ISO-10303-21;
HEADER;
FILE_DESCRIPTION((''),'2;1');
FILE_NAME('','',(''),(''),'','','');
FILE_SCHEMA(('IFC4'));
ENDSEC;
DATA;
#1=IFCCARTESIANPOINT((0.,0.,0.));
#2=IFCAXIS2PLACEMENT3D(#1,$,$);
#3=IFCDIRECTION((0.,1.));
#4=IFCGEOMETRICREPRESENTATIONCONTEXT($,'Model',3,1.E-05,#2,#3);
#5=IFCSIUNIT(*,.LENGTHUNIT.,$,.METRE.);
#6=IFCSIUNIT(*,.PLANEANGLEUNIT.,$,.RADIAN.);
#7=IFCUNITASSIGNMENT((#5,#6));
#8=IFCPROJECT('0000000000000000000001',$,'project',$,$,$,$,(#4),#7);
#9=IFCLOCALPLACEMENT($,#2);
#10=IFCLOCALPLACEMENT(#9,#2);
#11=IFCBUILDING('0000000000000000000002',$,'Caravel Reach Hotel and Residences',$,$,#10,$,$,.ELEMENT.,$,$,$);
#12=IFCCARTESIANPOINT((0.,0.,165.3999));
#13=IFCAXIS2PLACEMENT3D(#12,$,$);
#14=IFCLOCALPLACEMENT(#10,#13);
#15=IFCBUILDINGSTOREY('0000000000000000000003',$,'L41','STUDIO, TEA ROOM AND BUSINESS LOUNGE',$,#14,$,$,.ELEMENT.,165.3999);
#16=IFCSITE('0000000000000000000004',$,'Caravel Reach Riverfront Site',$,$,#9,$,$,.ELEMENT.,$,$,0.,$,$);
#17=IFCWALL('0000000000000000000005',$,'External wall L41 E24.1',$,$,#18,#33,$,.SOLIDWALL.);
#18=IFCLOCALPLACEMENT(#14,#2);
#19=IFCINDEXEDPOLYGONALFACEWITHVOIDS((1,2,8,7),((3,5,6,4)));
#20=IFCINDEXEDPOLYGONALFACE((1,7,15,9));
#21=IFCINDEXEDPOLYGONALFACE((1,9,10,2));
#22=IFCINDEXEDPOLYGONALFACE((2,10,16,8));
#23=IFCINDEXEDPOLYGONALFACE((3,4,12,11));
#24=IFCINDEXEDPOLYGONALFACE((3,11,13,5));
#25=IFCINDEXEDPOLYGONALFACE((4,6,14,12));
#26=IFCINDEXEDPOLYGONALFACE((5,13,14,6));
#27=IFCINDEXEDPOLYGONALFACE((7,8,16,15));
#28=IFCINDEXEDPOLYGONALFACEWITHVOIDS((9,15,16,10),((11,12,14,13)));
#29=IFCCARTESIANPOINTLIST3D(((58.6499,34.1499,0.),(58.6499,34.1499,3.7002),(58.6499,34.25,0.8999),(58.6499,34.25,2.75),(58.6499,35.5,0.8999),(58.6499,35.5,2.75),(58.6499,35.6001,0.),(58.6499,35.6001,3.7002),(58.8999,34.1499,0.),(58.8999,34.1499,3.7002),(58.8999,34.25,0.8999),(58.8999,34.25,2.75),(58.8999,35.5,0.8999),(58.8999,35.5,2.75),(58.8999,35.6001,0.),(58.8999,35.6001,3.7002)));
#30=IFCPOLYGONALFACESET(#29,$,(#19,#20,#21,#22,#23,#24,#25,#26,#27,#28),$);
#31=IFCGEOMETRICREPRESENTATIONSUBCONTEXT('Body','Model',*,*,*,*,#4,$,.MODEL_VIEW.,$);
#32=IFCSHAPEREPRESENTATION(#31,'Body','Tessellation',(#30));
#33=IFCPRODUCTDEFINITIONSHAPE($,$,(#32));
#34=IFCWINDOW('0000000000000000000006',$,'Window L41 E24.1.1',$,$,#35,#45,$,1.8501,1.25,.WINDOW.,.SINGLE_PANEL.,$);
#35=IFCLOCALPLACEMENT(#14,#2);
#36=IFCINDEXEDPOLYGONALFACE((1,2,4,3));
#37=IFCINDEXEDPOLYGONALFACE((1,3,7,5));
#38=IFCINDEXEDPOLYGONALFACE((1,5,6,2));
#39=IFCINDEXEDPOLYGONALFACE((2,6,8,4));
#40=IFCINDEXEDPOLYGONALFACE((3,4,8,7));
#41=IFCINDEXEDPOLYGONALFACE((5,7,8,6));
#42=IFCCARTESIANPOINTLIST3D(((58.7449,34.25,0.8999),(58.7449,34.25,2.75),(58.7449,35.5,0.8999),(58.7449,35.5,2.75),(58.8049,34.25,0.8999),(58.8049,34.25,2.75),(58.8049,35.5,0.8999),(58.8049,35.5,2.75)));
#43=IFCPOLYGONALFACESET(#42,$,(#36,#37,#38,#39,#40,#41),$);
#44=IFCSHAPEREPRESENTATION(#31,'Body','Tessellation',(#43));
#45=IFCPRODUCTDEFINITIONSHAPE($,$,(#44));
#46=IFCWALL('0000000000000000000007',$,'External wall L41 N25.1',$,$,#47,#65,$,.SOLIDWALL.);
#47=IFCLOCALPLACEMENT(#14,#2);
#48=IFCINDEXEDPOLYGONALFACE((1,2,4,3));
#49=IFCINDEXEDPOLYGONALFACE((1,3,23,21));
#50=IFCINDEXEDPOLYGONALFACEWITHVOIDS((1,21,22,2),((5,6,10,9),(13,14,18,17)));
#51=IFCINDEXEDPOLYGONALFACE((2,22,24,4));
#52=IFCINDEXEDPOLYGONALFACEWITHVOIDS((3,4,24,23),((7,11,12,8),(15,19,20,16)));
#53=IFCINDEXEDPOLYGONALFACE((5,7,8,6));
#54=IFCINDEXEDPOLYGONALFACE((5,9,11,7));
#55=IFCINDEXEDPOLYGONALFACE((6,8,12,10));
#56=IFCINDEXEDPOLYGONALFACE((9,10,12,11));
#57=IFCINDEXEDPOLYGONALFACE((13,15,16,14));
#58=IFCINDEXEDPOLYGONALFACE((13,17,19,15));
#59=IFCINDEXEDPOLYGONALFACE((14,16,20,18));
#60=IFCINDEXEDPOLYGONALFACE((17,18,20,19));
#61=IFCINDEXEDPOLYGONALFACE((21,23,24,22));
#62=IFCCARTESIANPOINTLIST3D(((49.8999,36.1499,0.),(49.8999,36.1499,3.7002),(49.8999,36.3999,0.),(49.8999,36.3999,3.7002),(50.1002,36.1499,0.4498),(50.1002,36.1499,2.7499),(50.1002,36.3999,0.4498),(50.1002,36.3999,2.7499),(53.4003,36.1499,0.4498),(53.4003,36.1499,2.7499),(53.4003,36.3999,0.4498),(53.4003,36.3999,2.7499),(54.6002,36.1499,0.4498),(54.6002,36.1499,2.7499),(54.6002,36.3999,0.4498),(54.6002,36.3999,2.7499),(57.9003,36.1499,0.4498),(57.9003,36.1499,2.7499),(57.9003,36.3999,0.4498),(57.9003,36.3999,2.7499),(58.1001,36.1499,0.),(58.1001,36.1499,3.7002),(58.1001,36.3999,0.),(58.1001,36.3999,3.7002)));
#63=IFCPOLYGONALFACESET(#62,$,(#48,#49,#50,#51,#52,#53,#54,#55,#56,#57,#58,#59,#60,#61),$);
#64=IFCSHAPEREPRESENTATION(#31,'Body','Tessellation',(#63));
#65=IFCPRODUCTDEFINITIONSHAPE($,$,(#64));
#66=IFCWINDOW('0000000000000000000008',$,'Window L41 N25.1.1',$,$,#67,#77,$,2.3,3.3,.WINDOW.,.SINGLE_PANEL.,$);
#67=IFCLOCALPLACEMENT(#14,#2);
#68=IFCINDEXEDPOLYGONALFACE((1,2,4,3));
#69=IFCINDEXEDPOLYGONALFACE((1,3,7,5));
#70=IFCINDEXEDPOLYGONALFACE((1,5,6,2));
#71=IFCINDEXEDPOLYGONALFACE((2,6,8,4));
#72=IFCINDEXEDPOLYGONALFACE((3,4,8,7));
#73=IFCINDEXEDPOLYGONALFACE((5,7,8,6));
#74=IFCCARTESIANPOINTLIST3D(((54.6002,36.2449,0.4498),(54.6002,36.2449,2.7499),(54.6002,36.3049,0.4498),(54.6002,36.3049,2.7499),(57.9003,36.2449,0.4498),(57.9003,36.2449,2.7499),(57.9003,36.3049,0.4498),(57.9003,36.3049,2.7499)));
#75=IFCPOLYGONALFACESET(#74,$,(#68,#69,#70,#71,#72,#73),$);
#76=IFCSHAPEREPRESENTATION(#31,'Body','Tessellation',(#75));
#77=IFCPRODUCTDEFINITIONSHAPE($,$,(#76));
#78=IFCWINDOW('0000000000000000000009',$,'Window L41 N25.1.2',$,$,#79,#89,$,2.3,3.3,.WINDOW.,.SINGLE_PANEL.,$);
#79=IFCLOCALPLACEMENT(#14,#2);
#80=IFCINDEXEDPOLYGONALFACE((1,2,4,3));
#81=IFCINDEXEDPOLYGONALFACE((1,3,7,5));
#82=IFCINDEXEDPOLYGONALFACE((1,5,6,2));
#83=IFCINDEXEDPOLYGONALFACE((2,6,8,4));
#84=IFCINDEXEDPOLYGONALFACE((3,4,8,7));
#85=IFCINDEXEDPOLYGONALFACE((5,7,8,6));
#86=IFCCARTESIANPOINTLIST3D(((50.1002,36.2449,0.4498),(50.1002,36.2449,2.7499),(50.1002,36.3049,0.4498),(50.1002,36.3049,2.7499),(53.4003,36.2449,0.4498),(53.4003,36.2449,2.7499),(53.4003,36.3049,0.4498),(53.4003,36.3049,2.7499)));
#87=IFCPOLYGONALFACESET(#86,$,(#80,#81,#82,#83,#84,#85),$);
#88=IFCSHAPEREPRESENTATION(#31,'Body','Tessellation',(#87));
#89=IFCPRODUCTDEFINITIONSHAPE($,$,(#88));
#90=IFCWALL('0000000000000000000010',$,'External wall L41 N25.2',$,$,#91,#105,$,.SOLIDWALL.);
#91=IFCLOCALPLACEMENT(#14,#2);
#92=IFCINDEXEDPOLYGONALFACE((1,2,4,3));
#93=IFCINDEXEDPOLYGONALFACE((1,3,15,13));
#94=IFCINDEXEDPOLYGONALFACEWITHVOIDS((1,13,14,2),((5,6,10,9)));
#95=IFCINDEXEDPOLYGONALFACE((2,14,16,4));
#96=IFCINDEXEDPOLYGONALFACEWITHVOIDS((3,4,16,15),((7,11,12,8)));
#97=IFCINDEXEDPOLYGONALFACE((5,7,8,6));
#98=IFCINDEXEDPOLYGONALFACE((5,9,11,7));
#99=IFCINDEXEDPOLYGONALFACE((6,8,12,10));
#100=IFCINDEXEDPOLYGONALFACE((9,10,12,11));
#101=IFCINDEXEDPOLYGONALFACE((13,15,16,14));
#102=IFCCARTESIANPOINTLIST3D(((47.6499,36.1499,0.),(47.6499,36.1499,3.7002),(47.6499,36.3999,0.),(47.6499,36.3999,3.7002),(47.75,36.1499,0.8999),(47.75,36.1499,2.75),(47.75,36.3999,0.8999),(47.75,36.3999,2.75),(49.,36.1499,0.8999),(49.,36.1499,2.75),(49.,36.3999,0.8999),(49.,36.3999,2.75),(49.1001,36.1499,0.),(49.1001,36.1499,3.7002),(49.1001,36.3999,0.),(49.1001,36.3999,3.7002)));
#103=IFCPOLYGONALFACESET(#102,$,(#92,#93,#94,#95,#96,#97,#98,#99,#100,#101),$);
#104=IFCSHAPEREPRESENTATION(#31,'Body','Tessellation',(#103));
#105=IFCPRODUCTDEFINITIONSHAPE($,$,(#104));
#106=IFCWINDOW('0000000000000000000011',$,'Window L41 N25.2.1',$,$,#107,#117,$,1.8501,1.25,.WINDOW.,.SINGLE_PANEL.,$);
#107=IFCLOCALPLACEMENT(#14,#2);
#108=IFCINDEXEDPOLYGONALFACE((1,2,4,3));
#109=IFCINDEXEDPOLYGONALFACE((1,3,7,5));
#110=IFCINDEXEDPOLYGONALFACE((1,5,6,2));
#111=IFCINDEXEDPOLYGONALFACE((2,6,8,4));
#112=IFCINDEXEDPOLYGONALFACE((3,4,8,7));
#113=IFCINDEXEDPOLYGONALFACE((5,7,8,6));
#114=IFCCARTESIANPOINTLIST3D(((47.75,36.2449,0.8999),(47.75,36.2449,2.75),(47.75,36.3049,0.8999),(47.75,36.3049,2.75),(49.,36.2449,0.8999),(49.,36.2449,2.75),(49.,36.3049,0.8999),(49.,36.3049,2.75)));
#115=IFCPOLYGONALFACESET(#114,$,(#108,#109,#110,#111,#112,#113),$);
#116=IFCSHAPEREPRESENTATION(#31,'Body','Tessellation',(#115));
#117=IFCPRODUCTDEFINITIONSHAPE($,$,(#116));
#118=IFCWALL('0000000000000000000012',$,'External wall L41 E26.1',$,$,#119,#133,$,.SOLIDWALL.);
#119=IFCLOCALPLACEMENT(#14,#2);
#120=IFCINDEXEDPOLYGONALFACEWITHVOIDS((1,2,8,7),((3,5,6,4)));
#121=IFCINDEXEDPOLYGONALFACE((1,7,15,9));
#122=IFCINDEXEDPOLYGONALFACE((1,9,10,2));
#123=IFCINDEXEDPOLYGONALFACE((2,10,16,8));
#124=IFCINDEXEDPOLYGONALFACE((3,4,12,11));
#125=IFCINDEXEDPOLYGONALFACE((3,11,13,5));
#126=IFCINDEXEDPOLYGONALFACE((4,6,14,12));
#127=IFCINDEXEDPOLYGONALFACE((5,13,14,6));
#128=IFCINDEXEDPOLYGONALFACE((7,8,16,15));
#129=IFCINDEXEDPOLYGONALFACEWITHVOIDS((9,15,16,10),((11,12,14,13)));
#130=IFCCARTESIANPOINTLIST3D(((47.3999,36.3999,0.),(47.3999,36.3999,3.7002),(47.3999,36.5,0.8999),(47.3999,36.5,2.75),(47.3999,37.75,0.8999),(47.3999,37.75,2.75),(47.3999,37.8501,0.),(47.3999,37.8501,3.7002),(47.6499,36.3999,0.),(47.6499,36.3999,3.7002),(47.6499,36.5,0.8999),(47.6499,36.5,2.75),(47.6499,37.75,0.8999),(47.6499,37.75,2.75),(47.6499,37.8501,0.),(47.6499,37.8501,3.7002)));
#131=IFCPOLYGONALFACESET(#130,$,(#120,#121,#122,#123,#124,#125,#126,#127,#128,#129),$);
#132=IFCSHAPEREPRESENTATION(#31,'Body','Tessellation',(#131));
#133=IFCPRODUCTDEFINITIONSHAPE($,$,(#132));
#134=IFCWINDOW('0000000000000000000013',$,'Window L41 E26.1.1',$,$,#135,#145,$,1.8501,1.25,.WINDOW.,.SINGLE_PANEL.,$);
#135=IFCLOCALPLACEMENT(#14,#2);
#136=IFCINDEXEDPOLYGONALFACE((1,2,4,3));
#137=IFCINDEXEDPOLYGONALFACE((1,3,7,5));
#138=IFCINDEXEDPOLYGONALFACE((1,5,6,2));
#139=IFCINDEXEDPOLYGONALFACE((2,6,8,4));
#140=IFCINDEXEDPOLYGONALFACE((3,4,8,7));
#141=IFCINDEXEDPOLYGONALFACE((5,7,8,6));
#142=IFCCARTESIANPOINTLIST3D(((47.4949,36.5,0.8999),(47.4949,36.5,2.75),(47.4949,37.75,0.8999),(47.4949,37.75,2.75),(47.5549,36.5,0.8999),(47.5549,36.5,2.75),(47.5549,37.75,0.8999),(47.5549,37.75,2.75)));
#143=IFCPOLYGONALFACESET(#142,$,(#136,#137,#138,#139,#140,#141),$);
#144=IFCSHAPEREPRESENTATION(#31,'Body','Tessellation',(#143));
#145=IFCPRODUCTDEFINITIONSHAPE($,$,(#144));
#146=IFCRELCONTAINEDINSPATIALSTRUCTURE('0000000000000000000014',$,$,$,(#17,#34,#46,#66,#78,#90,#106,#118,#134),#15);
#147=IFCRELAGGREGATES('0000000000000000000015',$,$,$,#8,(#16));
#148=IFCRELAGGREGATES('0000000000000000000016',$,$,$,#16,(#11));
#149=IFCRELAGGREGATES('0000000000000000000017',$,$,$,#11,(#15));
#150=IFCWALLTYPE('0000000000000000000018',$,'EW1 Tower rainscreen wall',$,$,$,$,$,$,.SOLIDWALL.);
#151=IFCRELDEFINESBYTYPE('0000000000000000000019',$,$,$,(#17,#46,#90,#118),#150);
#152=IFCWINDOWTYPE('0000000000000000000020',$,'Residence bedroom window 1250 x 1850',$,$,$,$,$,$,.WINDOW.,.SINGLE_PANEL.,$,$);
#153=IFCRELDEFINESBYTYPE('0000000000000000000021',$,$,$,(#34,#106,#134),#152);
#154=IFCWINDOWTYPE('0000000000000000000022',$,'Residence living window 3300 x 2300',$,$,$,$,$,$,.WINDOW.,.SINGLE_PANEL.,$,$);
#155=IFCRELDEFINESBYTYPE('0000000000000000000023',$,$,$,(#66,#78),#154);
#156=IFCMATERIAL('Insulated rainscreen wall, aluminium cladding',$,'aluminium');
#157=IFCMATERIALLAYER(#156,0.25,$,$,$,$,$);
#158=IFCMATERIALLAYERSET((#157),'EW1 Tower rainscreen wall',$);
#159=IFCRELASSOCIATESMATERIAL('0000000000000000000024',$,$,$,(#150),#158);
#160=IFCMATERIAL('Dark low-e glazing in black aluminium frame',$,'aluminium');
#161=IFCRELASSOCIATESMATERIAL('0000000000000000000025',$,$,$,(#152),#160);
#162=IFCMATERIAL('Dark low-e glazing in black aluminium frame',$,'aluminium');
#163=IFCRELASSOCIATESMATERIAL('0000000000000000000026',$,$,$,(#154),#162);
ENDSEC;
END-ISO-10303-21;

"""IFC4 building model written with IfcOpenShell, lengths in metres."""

from ifc_helpers import new_model, si_unit, direction, frame, frame_2d, origin, place, context, subcontext, project, spatial, rectangle, extrude, material, layer, layer_set, type_object, element, fill, save


model = new_model("IFC4")

# Units and contexts
model_context = context("Model", 3, precision=1e-05, world=origin(), true_north=direction((0.0, 1.0)))
body_context = subcontext(model_context, "Body", "Model", "MODEL_VIEW")
ifc_project = project(units=[si_unit("LENGTHUNIT", "METRE"), si_unit("PLANEANGLEUNIT", "RADIAN")], contexts=[model_context])

# Site, building, storey
site_placement = place(None, origin())
site = spatial("IfcSite", under=ifc_project, at=site_placement, Name="Caravel Reach Riverfront Site", CompositionType="ELEMENT", RefElevation=0.0)
building_placement = place(site_placement, origin())
building = spatial("IfcBuilding", under=site, at=building_placement, Name="Caravel Reach Hotel and Residences", CompositionType="ELEMENT")
storey_placement = place(building_placement, frame((0.0, 0.0, 165.3999)))
storey = spatial("IfcBuildingStorey", under=building, at=storey_placement, Name="L41", Description="STUDIO, TEA ROOM AND BUSINESS LOUNGE", CompositionType="ELEMENT", Elevation=165.3999)

# Wall, opening, window
ifc_material_1 = material(Name="Insulated rainscreen wall, aluminium cladding", Category="aluminium")
ifc_layer = layer(ifc_material_1, 0.25)
ifc_layer_set = layer_set([ifc_layer], Name="EW1 Tower rainscreen wall")
wall_type = type_object("IfcWallType", Name="EW1 Tower rainscreen wall", PredefinedType="SOLIDWALL", material=ifc_layer_set)
ifc_material_2 = material(Name="Dark low-e glazing in black aluminium frame", Category="aluminium")
window_type_1 = type_object("IfcWindowType", Name="Residence bedroom window 1250 x 1850", PartitioningType="SINGLE_PANEL", PredefinedType="WINDOW", material=ifc_material_2)
wall_1_placement = place(storey_placement, frame((58.7749, 34.1499, 0.0), z_axis=(0.0, 0.0, 1.0), x_axis=(0.0, 1.0, 0.0)))
wall_1 = element("IfcWall", 1, at=wall_1_placement, inside=storey, type_object=wall_type, Name="External wall L41 E24.1", PredefinedType="SOLIDWALL", context=body_context, shape_type="SweptSolid", body=[
    extrude(rectangle(XDim=1.4502, YDim=0.25, at=frame_2d((0.7251, 0.0))), origin(), (0.0, 0.0, 1.0), 3.7002),
])
opening_1_placement = place(wall_1_placement, frame((0.1001, 0.0, 0.8999)))
opening_1 = element("IfcOpeningElement", 2, at=opening_1_placement, cuts=wall_1, PredefinedType="OPENING", context=body_context, shape_type="SweptSolid", body=[
    extrude(rectangle(XDim=1.25, YDim=1.8501, at=frame_2d((0.625, 0.925))), frame((0.0, 0.135, 0.0), z_axis=(0.0, -1.0, 0.0), x_axis=(1.0, 0.0, 0.0)), (0.0, 0.0, 1.0), 0.27),
])
window_1_placement = place(opening_1_placement, origin())
window_1 = element("IfcWindow", 3, at=window_1_placement, inside=storey, type_object=window_type_1, Name="Window L41 E24.1.1", OverallHeight=1.8501, OverallWidth=1.25, PartitioningType="SINGLE_PANEL", PredefinedType="WINDOW", context=body_context, shape_type="SweptSolid", body=[
    extrude(rectangle(XDim=1.25, YDim=1.8501, at=frame_2d((0.625, 0.925))), frame((0.0, 0.03, 0.0), z_axis=(0.0, -1.0, 0.0), x_axis=(1.0, 0.0, 0.0)), (0.0, 0.0, 1.0), 0.0601),
])
fill(opening_1, window_1)

# Wall, openings, windows
wall_2_placement = place(storey_placement, frame((58.1001, 36.2749, 0.0), z_axis=(0.0, 0.0, 1.0), x_axis=(-1.0, 0.0, 0.0)))
wall_2 = element("IfcWall", 4, at=wall_2_placement, inside=storey, type_object=wall_type, Name="External wall L41 N25.1", PredefinedType="SOLIDWALL", context=body_context, shape_type="SweptSolid", body=[
    extrude(rectangle(XDim=8.2002, YDim=0.25, at=frame_2d((4.1001, 0.0))), origin(), (0.0, 0.0, 1.0), 3.7002),
])
opening_2_placement = place(wall_2_placement, frame((0.2, 0.0, 0.45)))
opening_2 = element("IfcOpeningElement", 5, at=opening_2_placement, cuts=wall_2, PredefinedType="OPENING", context=body_context, shape_type="SweptSolid", body=[
    extrude(rectangle(XDim=3.3, YDim=2.3, at=frame_2d((1.6499, 1.1499))), frame((0.0, 0.135, 0.0), z_axis=(0.0, -1.0, 0.0), x_axis=(1.0, 0.0, 0.0)), (0.0, 0.0, 1.0), 0.27),
])
opening_3_placement = place(wall_2_placement, frame((4.7, 0.0, 0.45)))
opening_3 = element("IfcOpeningElement", 6, at=opening_3_placement, cuts=wall_2, PredefinedType="OPENING", context=body_context, shape_type="SweptSolid", body=[
    extrude(rectangle(XDim=3.3, YDim=2.3, at=frame_2d((1.6499, 1.1499))), frame((0.0, 0.135, 0.0), z_axis=(0.0, -1.0, 0.0), x_axis=(1.0, 0.0, 0.0)), (0.0, 0.0, 1.0), 0.27),
])
ifc_material_3 = material(Name="Dark low-e glazing in black aluminium frame", Category="aluminium")
window_type_2 = type_object("IfcWindowType", Name="Residence living window 3300 x 2300", PartitioningType="SINGLE_PANEL", PredefinedType="WINDOW", material=ifc_material_3)
window_2_placement = place(opening_2_placement, origin())
window_2 = element("IfcWindow", 7, at=window_2_placement, inside=storey, type_object=window_type_2, Name="Window L41 N25.1.1", OverallHeight=2.3, OverallWidth=3.3, PartitioningType="SINGLE_PANEL", PredefinedType="WINDOW", context=body_context, shape_type="SweptSolid", body=[
    extrude(rectangle(XDim=3.3, YDim=2.3, at=frame_2d((1.6499, 1.1499))), frame((0.0, 0.03, 0.0), z_axis=(0.0, -1.0, 0.0), x_axis=(1.0, 0.0, 0.0)), (0.0, 0.0, 1.0), 0.0601),
])
fill(opening_2, window_2)
window_3_placement = place(opening_3_placement, origin())
window_3 = element("IfcWindow", 8, at=window_3_placement, inside=storey, type_object=window_type_2, Name="Window L41 N25.1.2", OverallHeight=2.3, OverallWidth=3.3, PartitioningType="SINGLE_PANEL", PredefinedType="WINDOW", context=body_context, shape_type="SweptSolid", body=[
    extrude(rectangle(XDim=3.3, YDim=2.3, at=frame_2d((1.6499, 1.1499))), frame((0.0, 0.03, 0.0), z_axis=(0.0, -1.0, 0.0), x_axis=(1.0, 0.0, 0.0)), (0.0, 0.0, 1.0), 0.0601),
])
fill(opening_3, window_3)

# Walls, openings, windows
wall_3_placement = place(storey_placement, frame((49.1001, 36.2749, 0.0), z_axis=(0.0, 0.0, 1.0), x_axis=(-1.0, 0.0, 0.0)))
wall_3 = element("IfcWall", 9, at=wall_3_placement, inside=storey, type_object=wall_type, Name="External wall L41 N25.2", PredefinedType="SOLIDWALL", context=body_context, shape_type="SweptSolid", body=[
    extrude(rectangle(XDim=1.4502, YDim=0.25, at=frame_2d((0.7251, 0.0))), origin(), (0.0, 0.0, 1.0), 3.7002),
])
opening_4_placement = place(wall_3_placement, frame((0.1001, 0.0, 0.8999)))
opening_4 = element("IfcOpeningElement", 10, at=opening_4_placement, cuts=wall_3, PredefinedType="OPENING", context=body_context, shape_type="SweptSolid", body=[
    extrude(rectangle(XDim=1.25, YDim=1.8501, at=frame_2d((0.625, 0.925))), frame((0.0, 0.135, 0.0), z_axis=(0.0, -1.0, 0.0), x_axis=(1.0, 0.0, 0.0)), (0.0, 0.0, 1.0), 0.27),
])
window_4_placement = place(opening_4_placement, origin())
window_4 = element("IfcWindow", 11, at=window_4_placement, inside=storey, type_object=window_type_1, Name="Window L41 N25.2.1", OverallHeight=1.8501, OverallWidth=1.25, PartitioningType="SINGLE_PANEL", PredefinedType="WINDOW", context=body_context, shape_type="SweptSolid", body=[
    extrude(rectangle(XDim=1.25, YDim=1.8501, at=frame_2d((0.625, 0.925))), frame((0.0, 0.03, 0.0), z_axis=(0.0, -1.0, 0.0), x_axis=(1.0, 0.0, 0.0)), (0.0, 0.0, 1.0), 0.0601),
])
fill(opening_4, window_4)
wall_4_placement = place(storey_placement, frame((47.5249, 36.3999, 0.0), z_axis=(0.0, 0.0, 1.0), x_axis=(0.0, 1.0, 0.0)))
wall_4 = element("IfcWall", 12, at=wall_4_placement, inside=storey, type_object=wall_type, Name="External wall L41 E26.1", PredefinedType="SOLIDWALL", context=body_context, shape_type="SweptSolid", body=[
    extrude(rectangle(XDim=1.4502, YDim=0.25, at=frame_2d((0.7251, 0.0))), origin(), (0.0, 0.0, 1.0), 3.7002),
])
opening_5_placement = place(wall_4_placement, frame((0.1001, 0.0, 0.8999)))
opening_5 = element("IfcOpeningElement", 13, at=opening_5_placement, cuts=wall_4, PredefinedType="OPENING", context=body_context, shape_type="SweptSolid", body=[
    extrude(rectangle(XDim=1.25, YDim=1.8501, at=frame_2d((0.625, 0.925))), frame((0.0, 0.135, 0.0), z_axis=(0.0, -1.0, 0.0), x_axis=(1.0, 0.0, 0.0)), (0.0, 0.0, 1.0), 0.27),
])
window_5_placement = place(opening_5_placement, origin())
window_5 = element("IfcWindow", 14, at=window_5_placement, inside=storey, type_object=window_type_1, Name="Window L41 E26.1.1", OverallHeight=1.8501, OverallWidth=1.25, PartitioningType="SINGLE_PANEL", PredefinedType="WINDOW", context=body_context, shape_type="SweptSolid", body=[
    extrude(rectangle(XDim=1.25, YDim=1.8501, at=frame_2d((0.625, 0.925))), frame((0.0, 0.03, 0.0), z_axis=(0.0, -1.0, 0.0), x_axis=(1.0, 0.0, 0.0)), (0.0, 0.0, 1.0), 0.0601),
])
fill(opening_5, window_5)

save(model, "model.ifc")
